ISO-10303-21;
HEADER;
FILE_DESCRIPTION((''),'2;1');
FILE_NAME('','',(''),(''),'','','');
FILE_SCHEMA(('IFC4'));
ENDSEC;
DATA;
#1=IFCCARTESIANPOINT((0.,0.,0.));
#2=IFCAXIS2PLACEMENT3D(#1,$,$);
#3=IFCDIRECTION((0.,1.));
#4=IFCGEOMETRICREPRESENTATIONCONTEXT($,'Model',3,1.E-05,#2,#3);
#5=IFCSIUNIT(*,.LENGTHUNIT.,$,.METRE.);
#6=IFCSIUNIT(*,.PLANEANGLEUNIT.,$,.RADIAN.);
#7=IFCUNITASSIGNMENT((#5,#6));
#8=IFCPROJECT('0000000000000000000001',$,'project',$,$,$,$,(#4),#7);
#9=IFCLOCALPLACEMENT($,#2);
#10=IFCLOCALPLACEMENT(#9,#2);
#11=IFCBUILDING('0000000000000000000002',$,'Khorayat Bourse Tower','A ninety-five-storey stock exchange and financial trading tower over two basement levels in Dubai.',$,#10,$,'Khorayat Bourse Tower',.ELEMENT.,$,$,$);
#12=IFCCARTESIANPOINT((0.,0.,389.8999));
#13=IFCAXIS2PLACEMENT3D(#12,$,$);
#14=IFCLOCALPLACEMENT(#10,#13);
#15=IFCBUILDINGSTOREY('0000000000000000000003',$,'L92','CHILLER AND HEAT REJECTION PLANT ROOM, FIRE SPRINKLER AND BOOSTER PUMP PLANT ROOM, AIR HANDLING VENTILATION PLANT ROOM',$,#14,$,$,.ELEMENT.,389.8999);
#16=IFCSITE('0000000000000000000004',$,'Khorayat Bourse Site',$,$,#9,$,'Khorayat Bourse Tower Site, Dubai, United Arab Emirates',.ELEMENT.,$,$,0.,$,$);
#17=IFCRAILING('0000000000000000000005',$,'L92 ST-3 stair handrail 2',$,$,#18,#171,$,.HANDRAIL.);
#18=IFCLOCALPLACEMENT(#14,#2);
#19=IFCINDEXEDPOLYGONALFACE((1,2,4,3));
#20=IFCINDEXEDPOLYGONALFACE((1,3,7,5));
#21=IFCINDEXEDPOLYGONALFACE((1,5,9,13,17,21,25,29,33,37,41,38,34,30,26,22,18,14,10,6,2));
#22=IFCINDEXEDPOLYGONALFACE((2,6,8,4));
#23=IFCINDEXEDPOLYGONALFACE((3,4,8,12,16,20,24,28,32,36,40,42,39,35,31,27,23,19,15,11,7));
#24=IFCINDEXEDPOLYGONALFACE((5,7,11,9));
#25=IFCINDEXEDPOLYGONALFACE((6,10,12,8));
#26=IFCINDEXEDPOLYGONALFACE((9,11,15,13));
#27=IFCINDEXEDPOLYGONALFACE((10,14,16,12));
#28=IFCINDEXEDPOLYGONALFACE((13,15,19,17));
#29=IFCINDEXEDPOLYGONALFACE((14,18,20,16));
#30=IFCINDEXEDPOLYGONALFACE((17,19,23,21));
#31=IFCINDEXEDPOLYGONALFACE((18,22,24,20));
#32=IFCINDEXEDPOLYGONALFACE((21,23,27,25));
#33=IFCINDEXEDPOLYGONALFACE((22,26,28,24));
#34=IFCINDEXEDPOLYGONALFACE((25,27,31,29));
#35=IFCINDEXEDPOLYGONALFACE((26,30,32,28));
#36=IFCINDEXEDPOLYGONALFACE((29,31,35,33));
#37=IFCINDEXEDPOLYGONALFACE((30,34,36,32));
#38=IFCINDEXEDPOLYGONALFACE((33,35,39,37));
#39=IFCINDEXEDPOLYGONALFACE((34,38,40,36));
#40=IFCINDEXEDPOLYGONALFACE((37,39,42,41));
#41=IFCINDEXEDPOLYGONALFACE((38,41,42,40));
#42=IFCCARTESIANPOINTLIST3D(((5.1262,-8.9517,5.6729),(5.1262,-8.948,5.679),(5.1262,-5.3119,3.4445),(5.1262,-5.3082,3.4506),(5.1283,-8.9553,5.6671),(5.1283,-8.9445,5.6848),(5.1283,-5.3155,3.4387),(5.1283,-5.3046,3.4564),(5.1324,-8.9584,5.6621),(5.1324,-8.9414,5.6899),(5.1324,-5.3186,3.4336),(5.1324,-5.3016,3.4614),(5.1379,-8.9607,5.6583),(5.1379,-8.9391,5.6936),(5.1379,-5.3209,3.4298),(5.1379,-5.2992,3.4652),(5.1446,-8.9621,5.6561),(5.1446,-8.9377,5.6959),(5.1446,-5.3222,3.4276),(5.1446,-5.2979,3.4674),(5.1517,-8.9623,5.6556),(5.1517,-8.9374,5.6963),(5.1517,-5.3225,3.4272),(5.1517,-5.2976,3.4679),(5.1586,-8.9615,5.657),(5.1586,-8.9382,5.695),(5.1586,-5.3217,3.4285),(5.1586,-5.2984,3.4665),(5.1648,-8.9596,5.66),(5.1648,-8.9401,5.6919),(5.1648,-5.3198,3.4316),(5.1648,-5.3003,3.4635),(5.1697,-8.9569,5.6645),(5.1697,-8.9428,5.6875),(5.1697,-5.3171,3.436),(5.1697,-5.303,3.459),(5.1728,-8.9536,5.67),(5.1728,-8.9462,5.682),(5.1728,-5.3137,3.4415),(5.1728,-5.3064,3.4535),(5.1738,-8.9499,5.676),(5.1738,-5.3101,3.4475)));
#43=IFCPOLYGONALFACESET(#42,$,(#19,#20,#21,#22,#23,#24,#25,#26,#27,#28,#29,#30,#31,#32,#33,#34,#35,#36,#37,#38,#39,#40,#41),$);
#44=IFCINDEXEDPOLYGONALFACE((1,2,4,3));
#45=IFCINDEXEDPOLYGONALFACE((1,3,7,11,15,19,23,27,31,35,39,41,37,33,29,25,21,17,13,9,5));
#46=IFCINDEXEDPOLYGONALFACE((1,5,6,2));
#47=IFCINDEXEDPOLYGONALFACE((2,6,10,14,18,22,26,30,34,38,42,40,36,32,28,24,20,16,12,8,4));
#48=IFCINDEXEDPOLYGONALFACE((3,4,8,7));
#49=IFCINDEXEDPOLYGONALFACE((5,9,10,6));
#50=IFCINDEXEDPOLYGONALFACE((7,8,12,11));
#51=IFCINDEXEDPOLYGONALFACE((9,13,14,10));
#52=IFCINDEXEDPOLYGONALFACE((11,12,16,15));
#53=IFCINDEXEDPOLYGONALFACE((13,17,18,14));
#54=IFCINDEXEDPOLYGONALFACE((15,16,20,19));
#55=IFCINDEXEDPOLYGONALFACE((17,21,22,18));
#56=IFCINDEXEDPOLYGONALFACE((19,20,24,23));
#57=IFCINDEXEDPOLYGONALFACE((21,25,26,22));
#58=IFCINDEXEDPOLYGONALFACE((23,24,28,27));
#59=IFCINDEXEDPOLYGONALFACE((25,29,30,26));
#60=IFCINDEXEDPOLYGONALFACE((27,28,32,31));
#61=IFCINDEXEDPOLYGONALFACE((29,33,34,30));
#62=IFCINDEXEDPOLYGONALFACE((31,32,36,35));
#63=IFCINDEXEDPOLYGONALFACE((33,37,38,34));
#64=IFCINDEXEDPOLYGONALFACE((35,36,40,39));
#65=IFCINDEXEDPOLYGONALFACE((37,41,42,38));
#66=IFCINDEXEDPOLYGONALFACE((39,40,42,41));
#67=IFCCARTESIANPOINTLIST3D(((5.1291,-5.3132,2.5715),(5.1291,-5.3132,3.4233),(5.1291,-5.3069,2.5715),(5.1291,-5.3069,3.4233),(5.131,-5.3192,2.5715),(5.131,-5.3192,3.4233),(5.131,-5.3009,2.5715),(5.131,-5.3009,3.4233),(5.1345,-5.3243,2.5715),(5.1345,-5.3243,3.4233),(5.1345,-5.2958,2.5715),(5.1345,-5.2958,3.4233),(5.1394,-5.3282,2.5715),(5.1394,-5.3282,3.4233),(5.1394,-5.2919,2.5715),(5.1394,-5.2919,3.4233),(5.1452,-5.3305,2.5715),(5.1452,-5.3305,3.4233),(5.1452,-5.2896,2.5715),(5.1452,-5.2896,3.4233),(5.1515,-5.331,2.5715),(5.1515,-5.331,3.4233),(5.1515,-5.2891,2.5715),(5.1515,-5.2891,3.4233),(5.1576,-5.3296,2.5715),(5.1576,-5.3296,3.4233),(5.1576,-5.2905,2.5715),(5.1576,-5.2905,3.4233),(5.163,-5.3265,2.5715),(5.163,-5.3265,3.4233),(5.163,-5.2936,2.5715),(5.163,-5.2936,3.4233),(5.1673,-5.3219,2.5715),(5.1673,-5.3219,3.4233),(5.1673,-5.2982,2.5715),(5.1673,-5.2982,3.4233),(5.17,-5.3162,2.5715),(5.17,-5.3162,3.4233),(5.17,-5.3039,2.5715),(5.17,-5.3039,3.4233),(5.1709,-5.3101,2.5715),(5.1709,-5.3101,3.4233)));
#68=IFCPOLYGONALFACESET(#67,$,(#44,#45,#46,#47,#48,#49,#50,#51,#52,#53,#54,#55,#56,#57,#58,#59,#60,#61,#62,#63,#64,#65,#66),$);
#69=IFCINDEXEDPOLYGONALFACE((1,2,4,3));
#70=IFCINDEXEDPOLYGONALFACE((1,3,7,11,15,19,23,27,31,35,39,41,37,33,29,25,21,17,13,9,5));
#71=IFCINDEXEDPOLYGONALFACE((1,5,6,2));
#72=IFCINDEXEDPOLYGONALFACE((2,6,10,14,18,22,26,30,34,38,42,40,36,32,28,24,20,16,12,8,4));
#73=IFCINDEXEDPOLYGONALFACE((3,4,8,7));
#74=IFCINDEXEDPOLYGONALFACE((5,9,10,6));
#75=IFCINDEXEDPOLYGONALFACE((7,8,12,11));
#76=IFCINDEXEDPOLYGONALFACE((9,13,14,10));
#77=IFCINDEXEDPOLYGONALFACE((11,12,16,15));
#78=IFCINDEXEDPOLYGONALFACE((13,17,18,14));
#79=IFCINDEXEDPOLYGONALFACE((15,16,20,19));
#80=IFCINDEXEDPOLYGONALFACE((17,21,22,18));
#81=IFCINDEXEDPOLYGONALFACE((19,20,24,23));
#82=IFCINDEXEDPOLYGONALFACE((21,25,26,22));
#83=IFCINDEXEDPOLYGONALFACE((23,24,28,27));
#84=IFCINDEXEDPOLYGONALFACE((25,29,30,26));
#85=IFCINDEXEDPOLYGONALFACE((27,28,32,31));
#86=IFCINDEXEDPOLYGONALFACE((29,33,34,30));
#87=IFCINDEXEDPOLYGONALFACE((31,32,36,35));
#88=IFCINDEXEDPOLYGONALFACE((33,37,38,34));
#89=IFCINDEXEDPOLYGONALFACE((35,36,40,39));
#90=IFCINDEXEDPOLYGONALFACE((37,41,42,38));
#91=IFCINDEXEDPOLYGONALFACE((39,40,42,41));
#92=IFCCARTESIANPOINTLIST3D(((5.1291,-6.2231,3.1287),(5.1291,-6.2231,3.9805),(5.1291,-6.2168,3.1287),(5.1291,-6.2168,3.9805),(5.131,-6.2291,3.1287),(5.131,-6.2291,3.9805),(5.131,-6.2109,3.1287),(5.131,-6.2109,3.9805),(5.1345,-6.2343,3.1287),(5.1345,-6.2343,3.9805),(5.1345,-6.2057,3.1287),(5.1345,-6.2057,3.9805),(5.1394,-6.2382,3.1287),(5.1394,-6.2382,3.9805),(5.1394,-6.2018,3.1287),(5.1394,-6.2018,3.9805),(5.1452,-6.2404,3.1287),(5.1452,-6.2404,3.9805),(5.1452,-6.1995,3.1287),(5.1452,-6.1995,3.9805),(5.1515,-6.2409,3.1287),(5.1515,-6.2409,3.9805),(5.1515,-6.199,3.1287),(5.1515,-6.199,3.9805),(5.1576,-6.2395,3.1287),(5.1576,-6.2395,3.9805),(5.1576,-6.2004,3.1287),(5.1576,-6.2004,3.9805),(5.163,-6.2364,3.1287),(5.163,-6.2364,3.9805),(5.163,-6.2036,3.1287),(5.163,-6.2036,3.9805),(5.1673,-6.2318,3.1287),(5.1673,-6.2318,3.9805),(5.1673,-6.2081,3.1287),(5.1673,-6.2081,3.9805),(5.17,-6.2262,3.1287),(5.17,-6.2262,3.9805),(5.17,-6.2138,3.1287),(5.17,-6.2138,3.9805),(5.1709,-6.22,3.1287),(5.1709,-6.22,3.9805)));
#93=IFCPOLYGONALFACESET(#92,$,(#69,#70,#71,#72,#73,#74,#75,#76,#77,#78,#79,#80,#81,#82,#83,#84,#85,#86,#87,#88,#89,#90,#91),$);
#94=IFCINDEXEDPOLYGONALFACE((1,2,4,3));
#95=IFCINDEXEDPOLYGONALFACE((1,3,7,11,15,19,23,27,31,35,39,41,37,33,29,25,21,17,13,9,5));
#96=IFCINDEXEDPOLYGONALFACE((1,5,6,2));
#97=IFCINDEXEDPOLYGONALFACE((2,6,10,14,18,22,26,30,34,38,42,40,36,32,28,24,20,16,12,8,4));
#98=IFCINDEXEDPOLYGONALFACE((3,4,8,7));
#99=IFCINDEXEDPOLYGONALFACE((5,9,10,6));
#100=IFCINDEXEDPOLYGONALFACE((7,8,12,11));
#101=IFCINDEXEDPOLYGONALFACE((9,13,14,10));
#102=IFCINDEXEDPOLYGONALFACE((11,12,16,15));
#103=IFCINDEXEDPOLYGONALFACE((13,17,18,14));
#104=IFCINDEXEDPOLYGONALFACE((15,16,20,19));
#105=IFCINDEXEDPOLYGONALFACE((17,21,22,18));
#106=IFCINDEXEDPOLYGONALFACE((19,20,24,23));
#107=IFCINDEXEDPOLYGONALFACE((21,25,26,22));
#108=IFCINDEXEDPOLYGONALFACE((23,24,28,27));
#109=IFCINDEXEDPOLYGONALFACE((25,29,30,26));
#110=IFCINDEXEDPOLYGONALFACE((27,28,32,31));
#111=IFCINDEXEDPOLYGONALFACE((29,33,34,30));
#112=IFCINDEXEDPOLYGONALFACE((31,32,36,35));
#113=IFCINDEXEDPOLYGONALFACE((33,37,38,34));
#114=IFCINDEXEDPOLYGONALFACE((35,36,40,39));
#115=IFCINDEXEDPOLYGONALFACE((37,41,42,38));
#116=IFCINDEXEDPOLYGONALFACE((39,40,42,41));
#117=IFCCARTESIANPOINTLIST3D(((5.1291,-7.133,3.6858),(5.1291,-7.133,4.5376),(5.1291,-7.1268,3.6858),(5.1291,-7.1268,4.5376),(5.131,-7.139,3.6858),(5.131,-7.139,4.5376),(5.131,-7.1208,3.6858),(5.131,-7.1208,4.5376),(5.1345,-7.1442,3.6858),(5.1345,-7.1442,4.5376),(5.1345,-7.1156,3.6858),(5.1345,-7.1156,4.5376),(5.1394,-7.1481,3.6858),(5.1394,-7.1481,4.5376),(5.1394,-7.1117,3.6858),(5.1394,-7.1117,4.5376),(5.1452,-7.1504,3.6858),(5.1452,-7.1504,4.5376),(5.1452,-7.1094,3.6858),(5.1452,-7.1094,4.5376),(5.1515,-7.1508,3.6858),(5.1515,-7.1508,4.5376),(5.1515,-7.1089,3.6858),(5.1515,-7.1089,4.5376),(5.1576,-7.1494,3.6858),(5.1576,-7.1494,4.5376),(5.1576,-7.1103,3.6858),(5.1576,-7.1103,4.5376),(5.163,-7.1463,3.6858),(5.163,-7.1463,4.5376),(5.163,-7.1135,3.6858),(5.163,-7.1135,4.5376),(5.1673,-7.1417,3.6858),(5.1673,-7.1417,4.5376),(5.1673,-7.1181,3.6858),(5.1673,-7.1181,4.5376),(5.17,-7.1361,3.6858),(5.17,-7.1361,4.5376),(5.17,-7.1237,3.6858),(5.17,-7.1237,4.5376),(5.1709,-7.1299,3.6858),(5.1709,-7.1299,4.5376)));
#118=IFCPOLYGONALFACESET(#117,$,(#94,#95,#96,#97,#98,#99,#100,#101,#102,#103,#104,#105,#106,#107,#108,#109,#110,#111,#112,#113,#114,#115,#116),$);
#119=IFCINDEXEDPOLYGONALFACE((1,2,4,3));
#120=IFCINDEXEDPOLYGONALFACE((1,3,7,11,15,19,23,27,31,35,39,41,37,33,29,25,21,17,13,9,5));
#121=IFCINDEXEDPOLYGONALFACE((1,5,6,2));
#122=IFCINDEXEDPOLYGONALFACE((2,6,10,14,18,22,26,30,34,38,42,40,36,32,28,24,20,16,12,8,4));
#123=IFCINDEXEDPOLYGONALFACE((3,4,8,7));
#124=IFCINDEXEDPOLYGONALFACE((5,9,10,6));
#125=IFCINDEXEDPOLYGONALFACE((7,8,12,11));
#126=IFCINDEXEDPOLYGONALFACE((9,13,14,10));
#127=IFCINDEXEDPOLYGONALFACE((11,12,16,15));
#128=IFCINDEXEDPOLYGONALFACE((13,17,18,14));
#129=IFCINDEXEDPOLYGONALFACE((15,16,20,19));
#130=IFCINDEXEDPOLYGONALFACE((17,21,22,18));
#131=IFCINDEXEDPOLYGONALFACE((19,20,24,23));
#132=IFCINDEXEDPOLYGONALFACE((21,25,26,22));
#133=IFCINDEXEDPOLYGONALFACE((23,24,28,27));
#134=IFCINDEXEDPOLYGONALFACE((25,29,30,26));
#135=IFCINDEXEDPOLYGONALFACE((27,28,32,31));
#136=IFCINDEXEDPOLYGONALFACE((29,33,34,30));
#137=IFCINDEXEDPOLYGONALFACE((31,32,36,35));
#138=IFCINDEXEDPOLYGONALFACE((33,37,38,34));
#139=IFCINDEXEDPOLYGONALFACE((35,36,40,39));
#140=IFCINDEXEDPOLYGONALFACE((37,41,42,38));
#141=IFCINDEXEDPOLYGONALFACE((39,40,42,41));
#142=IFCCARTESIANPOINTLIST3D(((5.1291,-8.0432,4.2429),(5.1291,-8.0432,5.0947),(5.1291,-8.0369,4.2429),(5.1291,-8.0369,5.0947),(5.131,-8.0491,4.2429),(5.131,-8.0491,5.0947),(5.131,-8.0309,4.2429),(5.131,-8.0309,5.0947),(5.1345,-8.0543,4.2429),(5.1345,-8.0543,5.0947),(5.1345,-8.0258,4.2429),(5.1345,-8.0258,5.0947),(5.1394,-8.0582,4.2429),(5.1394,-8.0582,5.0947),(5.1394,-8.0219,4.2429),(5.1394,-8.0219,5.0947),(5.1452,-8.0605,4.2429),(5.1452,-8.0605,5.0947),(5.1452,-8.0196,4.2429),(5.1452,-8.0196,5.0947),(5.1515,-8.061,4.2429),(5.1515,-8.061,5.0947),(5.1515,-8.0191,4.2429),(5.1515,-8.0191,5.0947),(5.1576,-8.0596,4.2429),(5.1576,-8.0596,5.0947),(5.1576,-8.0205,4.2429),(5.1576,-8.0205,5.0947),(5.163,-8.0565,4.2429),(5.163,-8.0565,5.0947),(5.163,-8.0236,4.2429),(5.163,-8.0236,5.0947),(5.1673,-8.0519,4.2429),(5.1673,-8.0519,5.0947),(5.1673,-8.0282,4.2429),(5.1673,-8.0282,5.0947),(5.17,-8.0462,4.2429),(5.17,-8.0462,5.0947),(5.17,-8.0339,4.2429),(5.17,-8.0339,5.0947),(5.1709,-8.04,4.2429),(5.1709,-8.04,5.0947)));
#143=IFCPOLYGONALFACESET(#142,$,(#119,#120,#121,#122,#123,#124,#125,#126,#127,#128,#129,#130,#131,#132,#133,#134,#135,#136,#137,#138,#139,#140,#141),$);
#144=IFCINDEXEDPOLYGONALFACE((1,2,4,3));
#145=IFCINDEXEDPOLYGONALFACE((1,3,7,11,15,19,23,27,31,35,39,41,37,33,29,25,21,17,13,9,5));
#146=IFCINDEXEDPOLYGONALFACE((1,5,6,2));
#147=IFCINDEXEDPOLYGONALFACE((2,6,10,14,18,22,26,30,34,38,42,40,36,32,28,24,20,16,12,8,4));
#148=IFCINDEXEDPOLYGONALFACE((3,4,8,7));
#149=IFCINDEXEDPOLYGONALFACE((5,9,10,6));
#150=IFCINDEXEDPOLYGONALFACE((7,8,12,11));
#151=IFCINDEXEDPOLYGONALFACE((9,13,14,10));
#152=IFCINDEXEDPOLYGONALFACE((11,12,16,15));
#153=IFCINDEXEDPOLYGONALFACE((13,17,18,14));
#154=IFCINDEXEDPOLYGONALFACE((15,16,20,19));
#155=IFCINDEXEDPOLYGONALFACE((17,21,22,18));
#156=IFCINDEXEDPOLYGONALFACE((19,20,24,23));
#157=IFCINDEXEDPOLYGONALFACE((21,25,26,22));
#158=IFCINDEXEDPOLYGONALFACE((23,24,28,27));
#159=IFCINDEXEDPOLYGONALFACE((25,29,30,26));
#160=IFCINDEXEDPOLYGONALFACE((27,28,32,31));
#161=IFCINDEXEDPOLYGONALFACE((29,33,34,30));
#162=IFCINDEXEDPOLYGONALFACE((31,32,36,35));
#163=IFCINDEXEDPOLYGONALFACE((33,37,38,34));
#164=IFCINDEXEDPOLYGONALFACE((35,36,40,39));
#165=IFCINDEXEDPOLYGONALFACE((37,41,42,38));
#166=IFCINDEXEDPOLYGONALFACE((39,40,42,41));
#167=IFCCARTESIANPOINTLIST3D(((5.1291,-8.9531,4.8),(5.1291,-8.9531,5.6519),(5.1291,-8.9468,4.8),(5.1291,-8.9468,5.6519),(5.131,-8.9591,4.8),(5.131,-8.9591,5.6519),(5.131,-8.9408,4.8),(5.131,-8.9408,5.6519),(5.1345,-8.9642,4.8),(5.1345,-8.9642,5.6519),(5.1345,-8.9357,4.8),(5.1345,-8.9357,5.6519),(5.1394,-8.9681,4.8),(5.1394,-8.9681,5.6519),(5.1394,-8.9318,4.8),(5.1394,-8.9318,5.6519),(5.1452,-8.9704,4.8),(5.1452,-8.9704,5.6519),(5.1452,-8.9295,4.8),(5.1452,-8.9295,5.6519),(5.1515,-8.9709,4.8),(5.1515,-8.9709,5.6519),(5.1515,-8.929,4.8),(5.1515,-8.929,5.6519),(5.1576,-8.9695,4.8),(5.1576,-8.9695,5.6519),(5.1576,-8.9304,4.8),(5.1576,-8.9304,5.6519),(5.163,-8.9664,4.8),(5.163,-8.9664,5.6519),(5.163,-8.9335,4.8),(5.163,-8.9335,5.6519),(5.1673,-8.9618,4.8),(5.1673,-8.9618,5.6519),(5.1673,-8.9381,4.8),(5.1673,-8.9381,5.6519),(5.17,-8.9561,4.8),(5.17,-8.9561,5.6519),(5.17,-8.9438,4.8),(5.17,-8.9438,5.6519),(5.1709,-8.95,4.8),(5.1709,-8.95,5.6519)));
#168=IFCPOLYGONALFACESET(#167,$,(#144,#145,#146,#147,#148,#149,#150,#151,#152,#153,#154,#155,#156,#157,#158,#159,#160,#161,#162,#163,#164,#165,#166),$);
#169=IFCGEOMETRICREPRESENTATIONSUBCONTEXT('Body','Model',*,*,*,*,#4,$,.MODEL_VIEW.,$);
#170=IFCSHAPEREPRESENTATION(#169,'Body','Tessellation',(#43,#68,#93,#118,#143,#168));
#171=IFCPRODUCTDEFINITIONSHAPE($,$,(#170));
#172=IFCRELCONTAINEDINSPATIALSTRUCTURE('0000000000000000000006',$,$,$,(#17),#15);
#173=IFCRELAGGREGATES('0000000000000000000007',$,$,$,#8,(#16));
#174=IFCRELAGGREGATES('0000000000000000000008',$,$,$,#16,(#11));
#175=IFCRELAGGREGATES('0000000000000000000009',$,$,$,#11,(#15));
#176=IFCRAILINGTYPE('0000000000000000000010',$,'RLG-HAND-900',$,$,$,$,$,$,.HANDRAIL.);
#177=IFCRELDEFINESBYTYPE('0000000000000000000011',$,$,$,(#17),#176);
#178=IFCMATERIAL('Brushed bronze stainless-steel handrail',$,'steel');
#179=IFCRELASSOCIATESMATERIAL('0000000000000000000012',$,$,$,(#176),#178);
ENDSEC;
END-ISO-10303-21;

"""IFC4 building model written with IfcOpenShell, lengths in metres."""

from ifc_helpers import new_model, si_unit, direction, frame, origin, origin_2d, place, context, subcontext, project, spatial, circle, extrude, source, transform, mapped, material, type_object, element, save


model = new_model("IFC4")

# Units and contexts
model_context = context("Model", 3, precision=1e-05, world=origin(), true_north=direction((0.0, 1.0)))
body_context = subcontext(model_context, "Body", "Model", "MODEL_VIEW")
ifc_project = project(units=[si_unit("LENGTHUNIT", "METRE"), si_unit("PLANEANGLEUNIT", "RADIAN")], contexts=[model_context])

# Site, building, storey
site_placement = place(None, origin())
site = spatial("IfcSite", under=ifc_project, at=site_placement, Name="Khorayat Bourse Site", LongName="Khorayat Bourse Tower Site, Dubai, United Arab Emirates", CompositionType="ELEMENT", RefElevation=0.0)
building_placement = place(site_placement, origin())
building = spatial("IfcBuilding", under=site, at=building_placement, Name="Khorayat Bourse Tower", Description="A ninety-five-storey stock exchange and financial trading tower over two basement levels in Dubai.", LongName="Khorayat Bourse Tower", CompositionType="ELEMENT")
storey_placement = place(building_placement, frame((0.0, 0.0, 389.8999)))
storey = spatial("IfcBuildingStorey", under=building, at=storey_placement, Name="L92", Description="CHILLER AND HEAT REJECTION PLANT ROOM, FIRE SPRINKLER AND BOOSTER PUMP PLANT ROOM, AIR HANDLING VENTILATION PLANT ROOM", CompositionType="ELEMENT", Elevation=389.8999)

# Railing
ifc_material_1 = material(Name="Brushed bronze stainless-steel handrail", Category="steel")
railing_type_1 = type_object("IfcRailingType", Name="RLG-HAND-900", PredefinedType="HANDRAIL", material=ifc_material_1)
shared_shape_1 = source(origin(), body_context, "Body", "SweptSolid", [
    extrude(circle(Radius=0.0239, at=origin_2d()), frame((0.0, 0.0, 0.876), z_axis=(0.0, -0.85285, 0.522156), x_axis=(1.0, 0.0, 0.0)), (0.0, 0.0, 1.0), 4.2678),
    extrude(circle(Radius=0.021, at=origin_2d()), origin(), (0.0, 0.0, 1.0), 0.8518),
    extrude(circle(Radius=0.021, at=origin_2d()), frame((0.0, -0.9099, 0.5571)), (0.0, 0.0, 1.0), 0.8518),
    extrude(circle(Radius=0.021, at=origin_2d()), frame((0.0, -1.8198, 1.1143)), (0.0, 0.0, 1.0), 0.8518),
    extrude(circle(Radius=0.021, at=origin_2d()), frame((0.0, -2.73, 1.6714)), (0.0, 0.0, 1.0), 0.8518),
    extrude(circle(Radius=0.021, at=origin_2d()), frame((0.0, -3.6399, 2.2285)), (0.0, 0.0, 1.0), 0.8518),
])
railing_1_placement = place(storey_placement, frame((5.1499, -5.3101, 2.5715)))
element("IfcRailing", 1, at=railing_1_placement, inside=storey, type_object=railing_type_1, Name="L92 ST-3 stair handrail 2", PredefinedType="HANDRAIL", context=body_context, shape_type="MappedRepresentation", body=[
    mapped(shared_shape_1, transform((0.0, 0.0, 0.0), scale=1.0)),
])

save(model, "model.ifc")
